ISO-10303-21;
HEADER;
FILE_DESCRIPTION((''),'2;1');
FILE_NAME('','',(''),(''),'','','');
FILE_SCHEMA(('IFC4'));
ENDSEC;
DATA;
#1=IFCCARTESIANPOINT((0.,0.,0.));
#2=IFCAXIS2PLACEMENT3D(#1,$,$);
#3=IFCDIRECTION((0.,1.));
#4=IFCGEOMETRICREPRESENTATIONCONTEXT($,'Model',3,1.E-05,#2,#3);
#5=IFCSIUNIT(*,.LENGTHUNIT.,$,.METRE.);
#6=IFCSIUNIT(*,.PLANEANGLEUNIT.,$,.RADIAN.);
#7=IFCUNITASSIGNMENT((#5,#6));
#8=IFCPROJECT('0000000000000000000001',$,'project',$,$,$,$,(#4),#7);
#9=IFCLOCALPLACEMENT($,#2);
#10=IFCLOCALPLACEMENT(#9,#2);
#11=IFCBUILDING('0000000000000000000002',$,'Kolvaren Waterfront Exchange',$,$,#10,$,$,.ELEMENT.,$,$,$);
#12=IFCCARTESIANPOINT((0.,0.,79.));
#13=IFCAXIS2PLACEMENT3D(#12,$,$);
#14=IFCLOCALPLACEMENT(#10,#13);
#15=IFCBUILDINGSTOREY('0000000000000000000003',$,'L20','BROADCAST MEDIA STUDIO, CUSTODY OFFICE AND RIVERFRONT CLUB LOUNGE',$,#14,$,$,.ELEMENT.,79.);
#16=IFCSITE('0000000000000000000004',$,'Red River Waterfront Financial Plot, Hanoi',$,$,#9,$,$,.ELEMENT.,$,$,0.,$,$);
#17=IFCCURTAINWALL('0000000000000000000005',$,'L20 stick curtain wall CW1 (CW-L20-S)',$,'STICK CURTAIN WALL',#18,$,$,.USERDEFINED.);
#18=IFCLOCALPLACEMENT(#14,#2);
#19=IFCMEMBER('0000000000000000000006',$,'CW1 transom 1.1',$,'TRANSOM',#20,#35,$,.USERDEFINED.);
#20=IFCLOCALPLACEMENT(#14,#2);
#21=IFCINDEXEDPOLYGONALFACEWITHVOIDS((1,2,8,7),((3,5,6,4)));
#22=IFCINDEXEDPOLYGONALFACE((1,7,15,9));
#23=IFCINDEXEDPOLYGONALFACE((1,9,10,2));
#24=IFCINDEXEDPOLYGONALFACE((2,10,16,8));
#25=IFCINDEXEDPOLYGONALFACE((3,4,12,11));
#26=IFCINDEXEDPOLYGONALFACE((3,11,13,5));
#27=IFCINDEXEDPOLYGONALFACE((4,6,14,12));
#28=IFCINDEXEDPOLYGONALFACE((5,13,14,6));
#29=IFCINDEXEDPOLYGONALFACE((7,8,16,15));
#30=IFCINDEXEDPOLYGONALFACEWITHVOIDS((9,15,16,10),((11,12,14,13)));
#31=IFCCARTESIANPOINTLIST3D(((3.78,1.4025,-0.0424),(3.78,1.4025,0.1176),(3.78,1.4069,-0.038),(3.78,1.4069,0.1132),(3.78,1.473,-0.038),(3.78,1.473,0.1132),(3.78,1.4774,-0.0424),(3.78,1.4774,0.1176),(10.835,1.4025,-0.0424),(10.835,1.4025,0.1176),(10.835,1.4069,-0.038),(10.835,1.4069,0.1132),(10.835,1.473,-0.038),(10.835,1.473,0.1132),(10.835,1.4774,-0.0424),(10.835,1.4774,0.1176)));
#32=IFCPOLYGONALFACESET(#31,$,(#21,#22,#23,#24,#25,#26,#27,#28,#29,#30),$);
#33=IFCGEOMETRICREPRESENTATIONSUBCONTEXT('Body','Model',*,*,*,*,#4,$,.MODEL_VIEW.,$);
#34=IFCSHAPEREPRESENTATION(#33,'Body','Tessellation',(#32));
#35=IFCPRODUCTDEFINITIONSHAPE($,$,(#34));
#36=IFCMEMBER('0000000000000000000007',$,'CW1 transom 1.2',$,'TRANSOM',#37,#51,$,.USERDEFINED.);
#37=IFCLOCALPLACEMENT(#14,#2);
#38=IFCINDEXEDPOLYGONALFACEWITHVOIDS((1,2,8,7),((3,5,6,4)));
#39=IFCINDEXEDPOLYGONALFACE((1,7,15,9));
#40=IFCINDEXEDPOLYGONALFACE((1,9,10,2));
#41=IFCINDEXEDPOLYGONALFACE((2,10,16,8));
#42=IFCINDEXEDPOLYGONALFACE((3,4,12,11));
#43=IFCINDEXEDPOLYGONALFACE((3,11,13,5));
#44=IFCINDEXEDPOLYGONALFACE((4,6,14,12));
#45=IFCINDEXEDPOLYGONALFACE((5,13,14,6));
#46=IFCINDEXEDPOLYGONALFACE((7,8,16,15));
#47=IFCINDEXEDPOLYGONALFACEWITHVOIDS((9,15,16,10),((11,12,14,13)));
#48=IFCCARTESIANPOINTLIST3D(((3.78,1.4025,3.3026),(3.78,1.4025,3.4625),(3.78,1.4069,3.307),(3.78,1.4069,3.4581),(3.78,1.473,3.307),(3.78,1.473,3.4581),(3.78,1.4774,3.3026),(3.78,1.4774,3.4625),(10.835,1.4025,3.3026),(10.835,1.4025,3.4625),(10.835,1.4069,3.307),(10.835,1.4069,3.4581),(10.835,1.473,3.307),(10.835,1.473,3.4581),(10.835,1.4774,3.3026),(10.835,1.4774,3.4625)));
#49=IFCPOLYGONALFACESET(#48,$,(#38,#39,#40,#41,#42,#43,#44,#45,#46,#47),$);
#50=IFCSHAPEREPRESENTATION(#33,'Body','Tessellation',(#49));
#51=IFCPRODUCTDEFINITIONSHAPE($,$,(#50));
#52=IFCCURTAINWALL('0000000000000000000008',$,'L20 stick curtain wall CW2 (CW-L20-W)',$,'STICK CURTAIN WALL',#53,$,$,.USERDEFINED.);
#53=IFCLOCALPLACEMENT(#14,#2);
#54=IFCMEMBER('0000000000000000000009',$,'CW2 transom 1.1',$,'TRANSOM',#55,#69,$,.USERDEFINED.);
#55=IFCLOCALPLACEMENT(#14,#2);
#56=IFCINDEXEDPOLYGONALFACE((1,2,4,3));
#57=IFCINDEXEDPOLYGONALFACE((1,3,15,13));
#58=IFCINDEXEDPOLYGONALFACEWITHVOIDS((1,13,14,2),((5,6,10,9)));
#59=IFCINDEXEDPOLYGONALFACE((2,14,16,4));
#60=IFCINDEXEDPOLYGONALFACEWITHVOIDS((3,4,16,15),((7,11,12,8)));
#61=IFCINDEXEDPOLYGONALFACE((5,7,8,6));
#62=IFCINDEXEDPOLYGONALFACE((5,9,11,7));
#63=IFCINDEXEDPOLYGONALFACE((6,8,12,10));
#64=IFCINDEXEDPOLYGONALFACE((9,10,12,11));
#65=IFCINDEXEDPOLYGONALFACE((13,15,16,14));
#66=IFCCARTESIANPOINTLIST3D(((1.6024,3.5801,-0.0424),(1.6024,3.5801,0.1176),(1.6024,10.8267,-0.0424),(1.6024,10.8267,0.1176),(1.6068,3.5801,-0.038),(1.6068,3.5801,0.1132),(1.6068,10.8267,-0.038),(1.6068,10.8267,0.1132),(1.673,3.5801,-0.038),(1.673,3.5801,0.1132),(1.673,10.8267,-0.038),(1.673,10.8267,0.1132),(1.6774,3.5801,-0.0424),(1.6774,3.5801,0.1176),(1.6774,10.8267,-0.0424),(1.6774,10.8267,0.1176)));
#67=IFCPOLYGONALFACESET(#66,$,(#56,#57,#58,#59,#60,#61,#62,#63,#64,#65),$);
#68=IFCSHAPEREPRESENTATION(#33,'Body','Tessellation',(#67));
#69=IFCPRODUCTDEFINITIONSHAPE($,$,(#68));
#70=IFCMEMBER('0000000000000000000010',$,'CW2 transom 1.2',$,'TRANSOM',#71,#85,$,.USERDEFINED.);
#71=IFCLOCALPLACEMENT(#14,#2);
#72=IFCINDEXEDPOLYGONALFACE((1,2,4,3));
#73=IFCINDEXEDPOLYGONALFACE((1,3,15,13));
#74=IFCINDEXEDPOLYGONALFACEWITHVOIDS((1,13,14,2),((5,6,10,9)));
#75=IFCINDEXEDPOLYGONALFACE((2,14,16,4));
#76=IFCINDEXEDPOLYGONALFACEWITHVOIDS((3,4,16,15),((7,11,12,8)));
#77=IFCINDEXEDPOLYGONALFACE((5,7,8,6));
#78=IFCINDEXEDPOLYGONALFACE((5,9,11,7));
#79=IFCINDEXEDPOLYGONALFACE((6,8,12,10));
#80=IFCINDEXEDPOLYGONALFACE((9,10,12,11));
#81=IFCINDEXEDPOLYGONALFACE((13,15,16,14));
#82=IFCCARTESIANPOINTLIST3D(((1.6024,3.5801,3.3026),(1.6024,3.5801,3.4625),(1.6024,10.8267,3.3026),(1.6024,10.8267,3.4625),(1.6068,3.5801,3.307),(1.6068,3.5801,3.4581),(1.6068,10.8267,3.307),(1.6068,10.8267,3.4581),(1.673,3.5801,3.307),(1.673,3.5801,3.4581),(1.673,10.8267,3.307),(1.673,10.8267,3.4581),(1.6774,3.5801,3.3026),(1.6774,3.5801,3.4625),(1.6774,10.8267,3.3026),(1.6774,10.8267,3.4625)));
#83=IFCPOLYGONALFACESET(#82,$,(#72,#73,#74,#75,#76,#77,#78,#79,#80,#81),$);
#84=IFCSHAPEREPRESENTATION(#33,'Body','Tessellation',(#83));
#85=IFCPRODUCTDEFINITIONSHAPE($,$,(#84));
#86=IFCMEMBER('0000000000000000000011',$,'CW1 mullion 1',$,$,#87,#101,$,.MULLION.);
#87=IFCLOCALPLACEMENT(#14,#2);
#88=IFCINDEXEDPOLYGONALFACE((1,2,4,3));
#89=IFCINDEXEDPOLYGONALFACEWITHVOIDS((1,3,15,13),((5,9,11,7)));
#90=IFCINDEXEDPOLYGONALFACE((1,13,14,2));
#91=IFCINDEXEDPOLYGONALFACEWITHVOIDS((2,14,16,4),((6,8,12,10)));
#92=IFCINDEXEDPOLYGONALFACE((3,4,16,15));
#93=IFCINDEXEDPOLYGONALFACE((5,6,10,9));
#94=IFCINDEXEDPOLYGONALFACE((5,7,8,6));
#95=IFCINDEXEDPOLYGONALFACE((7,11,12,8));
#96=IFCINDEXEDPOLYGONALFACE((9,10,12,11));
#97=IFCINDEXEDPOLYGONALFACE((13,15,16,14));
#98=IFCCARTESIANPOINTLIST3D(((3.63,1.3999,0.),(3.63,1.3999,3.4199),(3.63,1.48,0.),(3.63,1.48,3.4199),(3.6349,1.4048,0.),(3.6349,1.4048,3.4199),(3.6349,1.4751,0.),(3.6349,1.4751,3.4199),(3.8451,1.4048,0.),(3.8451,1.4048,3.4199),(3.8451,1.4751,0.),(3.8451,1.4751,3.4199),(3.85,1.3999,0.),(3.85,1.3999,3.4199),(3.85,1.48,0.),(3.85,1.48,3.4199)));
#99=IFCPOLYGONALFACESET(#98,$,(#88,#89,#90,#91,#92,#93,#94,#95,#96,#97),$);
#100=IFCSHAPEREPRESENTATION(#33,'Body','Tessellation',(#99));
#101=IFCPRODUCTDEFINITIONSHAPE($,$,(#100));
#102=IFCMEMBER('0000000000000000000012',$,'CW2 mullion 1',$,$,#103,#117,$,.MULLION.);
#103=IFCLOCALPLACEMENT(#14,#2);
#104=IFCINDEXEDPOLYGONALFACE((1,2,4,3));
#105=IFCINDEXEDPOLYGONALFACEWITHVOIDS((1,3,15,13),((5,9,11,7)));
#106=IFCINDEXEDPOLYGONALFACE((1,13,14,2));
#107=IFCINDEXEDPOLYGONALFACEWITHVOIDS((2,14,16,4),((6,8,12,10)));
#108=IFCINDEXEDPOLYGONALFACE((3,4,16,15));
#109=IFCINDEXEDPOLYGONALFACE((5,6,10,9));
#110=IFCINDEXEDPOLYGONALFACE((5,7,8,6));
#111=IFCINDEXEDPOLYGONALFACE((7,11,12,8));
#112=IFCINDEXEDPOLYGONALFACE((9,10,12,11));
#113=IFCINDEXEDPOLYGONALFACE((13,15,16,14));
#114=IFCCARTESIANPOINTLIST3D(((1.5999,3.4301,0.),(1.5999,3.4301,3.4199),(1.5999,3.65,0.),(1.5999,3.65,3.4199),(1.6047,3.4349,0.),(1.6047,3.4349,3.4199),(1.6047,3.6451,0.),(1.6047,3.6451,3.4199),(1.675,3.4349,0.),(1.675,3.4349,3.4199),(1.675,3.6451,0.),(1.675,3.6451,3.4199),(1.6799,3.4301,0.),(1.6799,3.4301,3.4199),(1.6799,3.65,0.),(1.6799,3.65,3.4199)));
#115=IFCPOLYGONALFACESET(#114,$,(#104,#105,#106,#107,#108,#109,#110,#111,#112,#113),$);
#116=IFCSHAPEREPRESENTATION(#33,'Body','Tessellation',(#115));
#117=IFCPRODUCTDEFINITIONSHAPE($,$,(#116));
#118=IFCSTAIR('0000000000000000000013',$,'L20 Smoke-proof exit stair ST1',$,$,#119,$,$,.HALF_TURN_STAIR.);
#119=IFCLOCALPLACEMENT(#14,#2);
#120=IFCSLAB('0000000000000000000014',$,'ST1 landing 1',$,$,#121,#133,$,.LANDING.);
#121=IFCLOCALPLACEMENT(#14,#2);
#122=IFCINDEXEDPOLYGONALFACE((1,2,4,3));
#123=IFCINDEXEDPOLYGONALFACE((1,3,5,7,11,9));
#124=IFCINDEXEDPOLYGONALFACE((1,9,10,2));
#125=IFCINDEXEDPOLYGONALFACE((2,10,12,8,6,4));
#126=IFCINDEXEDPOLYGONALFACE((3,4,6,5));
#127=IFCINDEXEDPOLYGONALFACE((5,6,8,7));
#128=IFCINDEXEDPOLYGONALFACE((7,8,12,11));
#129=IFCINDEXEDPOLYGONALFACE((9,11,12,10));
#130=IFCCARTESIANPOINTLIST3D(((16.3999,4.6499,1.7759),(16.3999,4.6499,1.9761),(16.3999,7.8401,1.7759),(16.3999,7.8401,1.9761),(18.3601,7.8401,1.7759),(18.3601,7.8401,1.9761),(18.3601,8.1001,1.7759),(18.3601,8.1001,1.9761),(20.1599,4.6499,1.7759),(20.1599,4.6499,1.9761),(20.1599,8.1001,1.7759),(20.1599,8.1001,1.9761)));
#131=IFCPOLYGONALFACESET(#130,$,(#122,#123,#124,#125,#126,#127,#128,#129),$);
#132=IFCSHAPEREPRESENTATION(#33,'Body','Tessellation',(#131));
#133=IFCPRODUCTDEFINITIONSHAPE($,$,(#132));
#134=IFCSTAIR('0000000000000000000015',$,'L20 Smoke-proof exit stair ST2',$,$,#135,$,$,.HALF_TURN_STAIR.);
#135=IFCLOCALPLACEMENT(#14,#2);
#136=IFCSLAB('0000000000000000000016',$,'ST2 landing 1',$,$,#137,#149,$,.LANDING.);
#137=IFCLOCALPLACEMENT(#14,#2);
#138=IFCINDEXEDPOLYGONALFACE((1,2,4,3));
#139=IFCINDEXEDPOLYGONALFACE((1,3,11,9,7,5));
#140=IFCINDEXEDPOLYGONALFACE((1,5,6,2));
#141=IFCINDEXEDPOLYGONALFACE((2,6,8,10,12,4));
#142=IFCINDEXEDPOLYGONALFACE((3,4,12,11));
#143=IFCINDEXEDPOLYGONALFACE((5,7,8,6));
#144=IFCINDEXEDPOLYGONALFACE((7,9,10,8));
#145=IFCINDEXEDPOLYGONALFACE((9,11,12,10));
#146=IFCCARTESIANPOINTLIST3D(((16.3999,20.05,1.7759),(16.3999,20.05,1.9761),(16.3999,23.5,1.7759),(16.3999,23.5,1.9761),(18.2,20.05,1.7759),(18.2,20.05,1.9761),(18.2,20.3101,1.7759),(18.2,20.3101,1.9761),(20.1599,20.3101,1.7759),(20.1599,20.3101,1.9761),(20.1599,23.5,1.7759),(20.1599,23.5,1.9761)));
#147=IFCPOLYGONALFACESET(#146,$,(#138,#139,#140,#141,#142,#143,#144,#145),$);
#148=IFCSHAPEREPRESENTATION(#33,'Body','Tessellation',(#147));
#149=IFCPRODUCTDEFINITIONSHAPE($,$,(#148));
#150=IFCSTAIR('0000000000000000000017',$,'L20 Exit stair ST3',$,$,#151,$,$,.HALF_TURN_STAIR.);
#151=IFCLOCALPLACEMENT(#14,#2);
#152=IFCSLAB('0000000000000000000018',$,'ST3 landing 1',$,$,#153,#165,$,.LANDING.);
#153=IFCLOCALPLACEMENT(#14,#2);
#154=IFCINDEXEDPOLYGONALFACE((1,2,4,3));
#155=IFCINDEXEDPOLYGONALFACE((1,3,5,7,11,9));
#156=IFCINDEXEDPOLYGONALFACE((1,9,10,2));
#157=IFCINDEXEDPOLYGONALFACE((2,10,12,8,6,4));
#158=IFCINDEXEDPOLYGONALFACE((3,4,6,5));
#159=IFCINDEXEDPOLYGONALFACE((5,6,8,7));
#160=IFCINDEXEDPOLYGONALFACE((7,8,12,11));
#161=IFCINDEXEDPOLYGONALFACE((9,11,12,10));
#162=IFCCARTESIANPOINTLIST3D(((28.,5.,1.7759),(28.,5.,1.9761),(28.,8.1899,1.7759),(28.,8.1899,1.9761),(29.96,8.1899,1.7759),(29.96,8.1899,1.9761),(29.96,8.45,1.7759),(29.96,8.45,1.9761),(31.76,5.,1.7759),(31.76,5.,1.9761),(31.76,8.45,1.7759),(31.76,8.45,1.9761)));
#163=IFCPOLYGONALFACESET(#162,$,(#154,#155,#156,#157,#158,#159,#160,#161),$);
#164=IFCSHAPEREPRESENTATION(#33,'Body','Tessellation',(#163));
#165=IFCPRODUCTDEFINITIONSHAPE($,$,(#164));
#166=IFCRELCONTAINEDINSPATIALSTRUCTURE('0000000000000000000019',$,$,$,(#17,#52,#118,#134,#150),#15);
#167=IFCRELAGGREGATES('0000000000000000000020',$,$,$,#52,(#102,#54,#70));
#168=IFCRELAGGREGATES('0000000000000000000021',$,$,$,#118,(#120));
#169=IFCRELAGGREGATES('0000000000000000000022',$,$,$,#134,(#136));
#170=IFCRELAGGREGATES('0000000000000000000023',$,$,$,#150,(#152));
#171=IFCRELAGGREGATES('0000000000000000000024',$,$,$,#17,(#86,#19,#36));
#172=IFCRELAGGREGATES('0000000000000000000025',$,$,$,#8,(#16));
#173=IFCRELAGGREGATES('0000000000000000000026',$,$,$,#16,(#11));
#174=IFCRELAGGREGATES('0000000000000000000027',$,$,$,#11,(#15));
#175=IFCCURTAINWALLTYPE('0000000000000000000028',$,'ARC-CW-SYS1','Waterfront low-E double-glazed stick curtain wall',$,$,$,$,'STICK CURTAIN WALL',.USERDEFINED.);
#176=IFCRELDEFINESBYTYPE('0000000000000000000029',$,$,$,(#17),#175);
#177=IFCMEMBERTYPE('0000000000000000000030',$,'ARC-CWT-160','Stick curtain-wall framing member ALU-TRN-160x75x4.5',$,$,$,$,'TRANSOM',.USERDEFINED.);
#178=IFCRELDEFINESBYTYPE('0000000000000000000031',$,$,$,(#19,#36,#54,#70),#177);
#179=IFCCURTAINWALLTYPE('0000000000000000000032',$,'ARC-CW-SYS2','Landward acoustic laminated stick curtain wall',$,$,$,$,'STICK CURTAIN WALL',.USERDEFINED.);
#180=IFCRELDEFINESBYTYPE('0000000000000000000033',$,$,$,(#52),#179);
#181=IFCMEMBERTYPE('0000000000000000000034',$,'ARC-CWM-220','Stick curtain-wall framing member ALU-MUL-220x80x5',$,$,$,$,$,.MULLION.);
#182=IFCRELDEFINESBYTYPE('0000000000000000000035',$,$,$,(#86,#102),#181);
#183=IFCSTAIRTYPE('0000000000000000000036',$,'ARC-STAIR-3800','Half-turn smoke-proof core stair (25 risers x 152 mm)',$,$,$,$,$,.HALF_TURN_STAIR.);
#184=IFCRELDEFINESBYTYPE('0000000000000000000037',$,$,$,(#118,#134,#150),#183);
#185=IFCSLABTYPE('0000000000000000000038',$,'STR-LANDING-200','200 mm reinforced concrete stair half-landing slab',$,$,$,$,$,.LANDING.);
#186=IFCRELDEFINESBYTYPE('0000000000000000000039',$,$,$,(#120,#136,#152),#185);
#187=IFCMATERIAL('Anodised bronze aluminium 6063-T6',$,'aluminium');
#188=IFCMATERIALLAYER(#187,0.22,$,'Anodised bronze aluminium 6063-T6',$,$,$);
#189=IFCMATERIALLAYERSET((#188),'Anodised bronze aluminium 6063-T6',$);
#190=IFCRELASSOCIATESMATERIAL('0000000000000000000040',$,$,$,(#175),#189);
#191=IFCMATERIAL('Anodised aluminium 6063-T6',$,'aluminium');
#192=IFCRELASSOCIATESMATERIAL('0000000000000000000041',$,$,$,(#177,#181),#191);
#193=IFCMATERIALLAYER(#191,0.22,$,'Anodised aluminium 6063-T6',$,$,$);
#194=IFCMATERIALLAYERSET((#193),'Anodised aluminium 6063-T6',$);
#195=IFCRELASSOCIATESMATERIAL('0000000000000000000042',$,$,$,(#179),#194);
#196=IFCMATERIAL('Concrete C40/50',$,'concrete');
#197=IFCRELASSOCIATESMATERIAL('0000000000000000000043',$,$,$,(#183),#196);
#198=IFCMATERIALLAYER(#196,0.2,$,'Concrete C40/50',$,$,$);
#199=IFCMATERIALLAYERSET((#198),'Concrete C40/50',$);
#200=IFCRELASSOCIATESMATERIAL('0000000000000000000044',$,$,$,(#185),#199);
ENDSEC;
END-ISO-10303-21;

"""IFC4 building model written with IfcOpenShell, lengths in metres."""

from ifc_helpers import new_model, si_unit, direction, frame, origin, origin_with_axes, origin_2d, place, context, subcontext, project, spatial, polyline, hollow_rectangle, outline, extrude, source, transform, mapped, material, layer, layer_set, material_profile, profile_set, type_object, element, aggregate, save


model = new_model("IFC4")

# Units and contexts
model_context = context("Model", 3, precision=1e-05, world=origin(), true_north=direction((0.0, 1.0)))
body_context = subcontext(model_context, "Body", "Model", "MODEL_VIEW")
ifc_project = project(units=[si_unit("LENGTHUNIT", "METRE"), si_unit("PLANEANGLEUNIT", "RADIAN")], contexts=[model_context])

# Site, building, storey
site_placement = place(None, origin())
site = spatial("IfcSite", under=ifc_project, at=site_placement, Name="Red River Waterfront Financial Plot, Hanoi", CompositionType="ELEMENT", RefElevation=0.0)
building_placement = place(site_placement, origin())
building = spatial("IfcBuilding", under=site, at=building_placement, Name="Kolvaren Waterfront Exchange", CompositionType="ELEMENT")
storey_placement = place(building_placement, frame((0.0, 0.0, 79.0)))
storey = spatial("IfcBuildingStorey", under=building, at=storey_placement, Name="L20", Description="BROADCAST MEDIA STUDIO, CUSTODY OFFICE AND RIVERFRONT CLUB LOUNGE", CompositionType="ELEMENT", Elevation=79.0)

# Curtain walls, members
ifc_material_1 = material(Name="Anodised bronze aluminium 6063-T6", Category="aluminium")
ifc_layer_1 = layer(ifc_material_1, 0.22, Name="Anodised bronze aluminium 6063-T6")
ifc_layer_set_1 = layer_set([ifc_layer_1], Name="Anodised bronze aluminium 6063-T6")
curtain_wall_type_1 = type_object("IfcCurtainWallType", Name="ARC-CW-SYS1", Description="Waterfront low-E double-glazed stick curtain wall", ElementType="STICK CURTAIN WALL", PredefinedType="USERDEFINED", material=ifc_layer_set_1)
curtain_wall_1_placement = place(storey_placement, origin())
curtain_wall_1 = element("IfcCurtainWall", 1, at=curtain_wall_1_placement, inside=storey, type_object=curtain_wall_type_1, Name="L20 stick curtain wall CW1 (CW-L20-S)", ObjectType="STICK CURTAIN WALL", PredefinedType="USERDEFINED")
ifc_material_2 = material(Name="Anodised aluminium 6063-T6", Category="aluminium")
ifc_material_profile_1 = material_profile(ifc_material_2, hollow_rectangle(XDim=0.075, YDim=0.1599, WallThickness=0.0044, at=origin_2d()), Name="ALU-TRN-160x75x4.5")
ifc_profile_set_1 = profile_set([ifc_material_profile_1], Name="Anodised aluminium 6063-T6")
member_type_1 = type_object("IfcMemberType", Name="ARC-CWT-160", Description="Stick curtain-wall framing member ALU-TRN-160x75x4.5", ElementType="TRANSOM", PredefinedType="USERDEFINED", material=ifc_profile_set_1)
shared_shape_1 = source(origin_with_axes(), body_context, "Body", "SweptSolid", [
    extrude(hollow_rectangle(XDim=0.075, YDim=0.1599, WallThickness=0.0044, at=origin_2d()), origin(), (0.0, 0.0, 1.0), 7.0549),
])
member_1_placement = place(storey_placement, frame((3.78, 1.4399, 0.0376), z_axis=(1.0, 0.0, 0.0), x_axis=(0.0, 1.0, 0.0)))
member_1 = element("IfcMember", 2, at=member_1_placement, type_object=member_type_1, Name="CW1 transom 1.1", ObjectType="TRANSOM", PredefinedType="USERDEFINED", context=body_context, shape_type="MappedRepresentation", body=[
    mapped(shared_shape_1, transform((0.0, 0.0, 0.0), x_axis=(1.0, 0.0, 0.0), y_axis=(0.0, 1.0, 0.0), z_axis=(0.0, 0.0, 1.0), scale=1.0)),
])
member_2_placement = place(storey_placement, frame((3.78, 1.4399, 3.3826), z_axis=(1.0, 0.0, 0.0), x_axis=(0.0, 1.0, 0.0)))
member_2 = element("IfcMember", 3, at=member_2_placement, type_object=member_type_1, Name="CW1 transom 1.2", ObjectType="TRANSOM", PredefinedType="USERDEFINED", context=body_context, shape_type="MappedRepresentation", body=[
    mapped(shared_shape_1, transform((0.0, 0.0, 0.0), x_axis=(1.0, 0.0, 0.0), y_axis=(0.0, 1.0, 0.0), z_axis=(0.0, 0.0, 1.0), scale=1.0)),
])
ifc_layer_2 = layer(ifc_material_2, 0.22, Name="Anodised aluminium 6063-T6")
ifc_layer_set_2 = layer_set([ifc_layer_2], Name="Anodised aluminium 6063-T6")
curtain_wall_type_2 = type_object("IfcCurtainWallType", Name="ARC-CW-SYS2", Description="Landward acoustic laminated stick curtain wall", ElementType="STICK CURTAIN WALL", PredefinedType="USERDEFINED", material=ifc_layer_set_2)
curtain_wall_2_placement = place(storey_placement, origin())
curtain_wall_2 = element("IfcCurtainWall", 4, at=curtain_wall_2_placement, inside=storey, type_object=curtain_wall_type_2, Name="L20 stick curtain wall CW2 (CW-L20-W)", ObjectType="STICK CURTAIN WALL", PredefinedType="USERDEFINED")
shared_shape_2 = source(origin_with_axes(), body_context, "Body", "SweptSolid", [
    extrude(hollow_rectangle(XDim=0.075, YDim=0.1599, WallThickness=0.0044, at=origin_2d()), origin(), (0.0, 0.0, 1.0), 7.2466),
])
member_3_placement = place(storey_placement, frame((1.6399, 3.5801, 0.0376), z_axis=(0.0, 1.0, 0.0), x_axis=(-1.0, 0.0, 0.0)))
member_3 = element("IfcMember", 5, at=member_3_placement, type_object=member_type_1, Name="CW2 transom 1.1", ObjectType="TRANSOM", PredefinedType="USERDEFINED", context=body_context, shape_type="MappedRepresentation", body=[
    mapped(shared_shape_2, transform((0.0, 0.0, 0.0), x_axis=(1.0, 0.0, 0.0), y_axis=(0.0, 1.0, 0.0), z_axis=(0.0, 0.0, 1.0), scale=1.0)),
])
member_4_placement = place(storey_placement, frame((1.6399, 3.5801, 3.3826), z_axis=(0.0, 1.0, 0.0), x_axis=(-1.0, 0.0, 0.0)))
member_4 = element("IfcMember", 6, at=member_4_placement, type_object=member_type_1, Name="CW2 transom 1.2", ObjectType="TRANSOM", PredefinedType="USERDEFINED", context=body_context, shape_type="MappedRepresentation", body=[
    mapped(shared_shape_2, transform((0.0, 0.0, 0.0), x_axis=(1.0, 0.0, 0.0), y_axis=(0.0, 1.0, 0.0), z_axis=(0.0, 0.0, 1.0), scale=1.0)),
])

# Members
ifc_material_profile_2 = material_profile(ifc_material_2, hollow_rectangle(XDim=0.0801, YDim=0.22, WallThickness=0.0049, at=origin_2d()), Name="ALU-MUL-220x80x5")
ifc_profile_set_2 = profile_set([ifc_material_profile_2], Name="Anodised aluminium 6063-T6")
member_type_2 = type_object("IfcMemberType", Name="ARC-CWM-220", Description="Stick curtain-wall framing member ALU-MUL-220x80x5", PredefinedType="MULLION", material=ifc_profile_set_2)
shared_shape_3 = source(origin_with_axes(), body_context, "Body", "SweptSolid", [
    extrude(hollow_rectangle(XDim=0.0801, YDim=0.22, WallThickness=0.0049, at=origin_2d()), origin(), (0.0, 0.0, 1.0), 3.4199),
])
member_5_placement = place(storey_placement, frame((3.74, 1.4399, 0.0), z_axis=(0.0, 0.0, 1.0), x_axis=(0.0, 1.0, 0.0)))
member_5 = element("IfcMember", 7, at=member_5_placement, type_object=member_type_2, Name="CW1 mullion 1", PredefinedType="MULLION", context=body_context, shape_type="MappedRepresentation", body=[
    mapped(shared_shape_3, transform((0.0, 0.0, 0.0), x_axis=(1.0, 0.0, 0.0), y_axis=(0.0, 1.0, 0.0), z_axis=(0.0, 0.0, 1.0), scale=1.0)),
])
member_6_placement = place(storey_placement, frame((1.6399, 3.54, 0.0), z_axis=(0.0, 0.0, 1.0), x_axis=(-1.0, 0.0, 0.0)))
member_6 = element("IfcMember", 8, at=member_6_placement, type_object=member_type_2, Name="CW2 mullion 1", PredefinedType="MULLION", context=body_context, shape_type="MappedRepresentation", body=[
    mapped(shared_shape_3, transform((0.0, 0.0, 0.0), x_axis=(1.0, 0.0, 0.0), y_axis=(0.0, 1.0, 0.0), z_axis=(0.0, 0.0, 1.0), scale=1.0)),
])
aggregate(curtain_wall_2, [member_6, member_3, member_4])

# Stairs, slabs
ifc_material_3 = material(Name="Concrete C40/50", Category="concrete")
stair_type = type_object("IfcStairType", Name="ARC-STAIR-3800", Description="Half-turn smoke-proof core stair (25 risers x 152 mm)", PredefinedType="HALF_TURN_STAIR", material=ifc_material_3)
stair_1_placement = place(storey_placement, origin())
stair_1 = element("IfcStair", 9, at=stair_1_placement, inside=storey, type_object=stair_type, Name="L20 Smoke-proof exit stair ST1", PredefinedType="HALF_TURN_STAIR")
ifc_layer_3 = layer(ifc_material_3, 0.2, Name="Concrete C40/50")
ifc_layer_set_3 = layer_set([ifc_layer_3], Name="Concrete C40/50")
slab_type_1 = type_object("IfcSlabType", Name="STR-LANDING-200", Description="200 mm reinforced concrete stair half-landing slab", PredefinedType="LANDING", material=ifc_layer_set_3)
slab_1_placement = place(storey_placement, frame((0.0, 0.0, 1.7759)))
slab_1 = element("IfcSlab", 10, at=slab_1_placement, type_object=slab_type_1, Name="ST1 landing 1", PredefinedType="LANDING", context=body_context, shape_type="SweptSolid", body=[
    extrude(outline(polyline([(16.3999, 7.8401), (16.3999, 4.6499), (20.1599, 4.6499), (20.1599, 8.1001), (18.3601, 8.1001), (18.3601, 7.8401), (16.3999, 7.8401)])), origin(), (0.0, 0.0, 1.0), 0.2002),
])
aggregate(stair_1, [slab_1])
stair_2_placement = place(storey_placement, origin())
stair_2 = element("IfcStair", 11, at=stair_2_placement, inside=storey, type_object=stair_type, Name="L20 Smoke-proof exit stair ST2", PredefinedType="HALF_TURN_STAIR")
slab_2_placement = place(storey_placement, frame((0.0, 0.0, 1.7759)))
slab_2 = element("IfcSlab", 12, at=slab_2_placement, type_object=slab_type_1, Name="ST2 landing 1", PredefinedType="LANDING", context=body_context, shape_type="SweptSolid", body=[
    extrude(outline(polyline([(20.1599, 20.3101), (20.1599, 23.5), (16.3999, 23.5), (16.3999, 20.05), (18.2, 20.05), (18.2, 20.3101), (20.1599, 20.3101)])), origin(), (0.0, 0.0, 1.0), 0.2002),
])
aggregate(stair_2, [slab_2])
stair_3_placement = place(storey_placement, origin())
stair_3 = element("IfcStair", 13, at=stair_3_placement, inside=storey, type_object=stair_type, Name="L20 Exit stair ST3", PredefinedType="HALF_TURN_STAIR")
slab_3_placement = place(storey_placement, frame((0.0, 0.0, 1.7759)))
slab_3 = element("IfcSlab", 14, at=slab_3_placement, type_object=slab_type_1, Name="ST3 landing 1", PredefinedType="LANDING", context=body_context, shape_type="SweptSolid", body=[
    extrude(outline(polyline([(28.0, 8.1899), (28.0, 5.0), (31.76, 5.0), (31.76, 8.45), (29.96, 8.45), (29.96, 8.1899), (28.0, 8.1899)])), origin(), (0.0, 0.0, 1.0), 0.2002),
])
aggregate(stair_3, [slab_3])

aggregate(curtain_wall_1, [member_5, member_1, member_2])

save(model, "model.ifc")
